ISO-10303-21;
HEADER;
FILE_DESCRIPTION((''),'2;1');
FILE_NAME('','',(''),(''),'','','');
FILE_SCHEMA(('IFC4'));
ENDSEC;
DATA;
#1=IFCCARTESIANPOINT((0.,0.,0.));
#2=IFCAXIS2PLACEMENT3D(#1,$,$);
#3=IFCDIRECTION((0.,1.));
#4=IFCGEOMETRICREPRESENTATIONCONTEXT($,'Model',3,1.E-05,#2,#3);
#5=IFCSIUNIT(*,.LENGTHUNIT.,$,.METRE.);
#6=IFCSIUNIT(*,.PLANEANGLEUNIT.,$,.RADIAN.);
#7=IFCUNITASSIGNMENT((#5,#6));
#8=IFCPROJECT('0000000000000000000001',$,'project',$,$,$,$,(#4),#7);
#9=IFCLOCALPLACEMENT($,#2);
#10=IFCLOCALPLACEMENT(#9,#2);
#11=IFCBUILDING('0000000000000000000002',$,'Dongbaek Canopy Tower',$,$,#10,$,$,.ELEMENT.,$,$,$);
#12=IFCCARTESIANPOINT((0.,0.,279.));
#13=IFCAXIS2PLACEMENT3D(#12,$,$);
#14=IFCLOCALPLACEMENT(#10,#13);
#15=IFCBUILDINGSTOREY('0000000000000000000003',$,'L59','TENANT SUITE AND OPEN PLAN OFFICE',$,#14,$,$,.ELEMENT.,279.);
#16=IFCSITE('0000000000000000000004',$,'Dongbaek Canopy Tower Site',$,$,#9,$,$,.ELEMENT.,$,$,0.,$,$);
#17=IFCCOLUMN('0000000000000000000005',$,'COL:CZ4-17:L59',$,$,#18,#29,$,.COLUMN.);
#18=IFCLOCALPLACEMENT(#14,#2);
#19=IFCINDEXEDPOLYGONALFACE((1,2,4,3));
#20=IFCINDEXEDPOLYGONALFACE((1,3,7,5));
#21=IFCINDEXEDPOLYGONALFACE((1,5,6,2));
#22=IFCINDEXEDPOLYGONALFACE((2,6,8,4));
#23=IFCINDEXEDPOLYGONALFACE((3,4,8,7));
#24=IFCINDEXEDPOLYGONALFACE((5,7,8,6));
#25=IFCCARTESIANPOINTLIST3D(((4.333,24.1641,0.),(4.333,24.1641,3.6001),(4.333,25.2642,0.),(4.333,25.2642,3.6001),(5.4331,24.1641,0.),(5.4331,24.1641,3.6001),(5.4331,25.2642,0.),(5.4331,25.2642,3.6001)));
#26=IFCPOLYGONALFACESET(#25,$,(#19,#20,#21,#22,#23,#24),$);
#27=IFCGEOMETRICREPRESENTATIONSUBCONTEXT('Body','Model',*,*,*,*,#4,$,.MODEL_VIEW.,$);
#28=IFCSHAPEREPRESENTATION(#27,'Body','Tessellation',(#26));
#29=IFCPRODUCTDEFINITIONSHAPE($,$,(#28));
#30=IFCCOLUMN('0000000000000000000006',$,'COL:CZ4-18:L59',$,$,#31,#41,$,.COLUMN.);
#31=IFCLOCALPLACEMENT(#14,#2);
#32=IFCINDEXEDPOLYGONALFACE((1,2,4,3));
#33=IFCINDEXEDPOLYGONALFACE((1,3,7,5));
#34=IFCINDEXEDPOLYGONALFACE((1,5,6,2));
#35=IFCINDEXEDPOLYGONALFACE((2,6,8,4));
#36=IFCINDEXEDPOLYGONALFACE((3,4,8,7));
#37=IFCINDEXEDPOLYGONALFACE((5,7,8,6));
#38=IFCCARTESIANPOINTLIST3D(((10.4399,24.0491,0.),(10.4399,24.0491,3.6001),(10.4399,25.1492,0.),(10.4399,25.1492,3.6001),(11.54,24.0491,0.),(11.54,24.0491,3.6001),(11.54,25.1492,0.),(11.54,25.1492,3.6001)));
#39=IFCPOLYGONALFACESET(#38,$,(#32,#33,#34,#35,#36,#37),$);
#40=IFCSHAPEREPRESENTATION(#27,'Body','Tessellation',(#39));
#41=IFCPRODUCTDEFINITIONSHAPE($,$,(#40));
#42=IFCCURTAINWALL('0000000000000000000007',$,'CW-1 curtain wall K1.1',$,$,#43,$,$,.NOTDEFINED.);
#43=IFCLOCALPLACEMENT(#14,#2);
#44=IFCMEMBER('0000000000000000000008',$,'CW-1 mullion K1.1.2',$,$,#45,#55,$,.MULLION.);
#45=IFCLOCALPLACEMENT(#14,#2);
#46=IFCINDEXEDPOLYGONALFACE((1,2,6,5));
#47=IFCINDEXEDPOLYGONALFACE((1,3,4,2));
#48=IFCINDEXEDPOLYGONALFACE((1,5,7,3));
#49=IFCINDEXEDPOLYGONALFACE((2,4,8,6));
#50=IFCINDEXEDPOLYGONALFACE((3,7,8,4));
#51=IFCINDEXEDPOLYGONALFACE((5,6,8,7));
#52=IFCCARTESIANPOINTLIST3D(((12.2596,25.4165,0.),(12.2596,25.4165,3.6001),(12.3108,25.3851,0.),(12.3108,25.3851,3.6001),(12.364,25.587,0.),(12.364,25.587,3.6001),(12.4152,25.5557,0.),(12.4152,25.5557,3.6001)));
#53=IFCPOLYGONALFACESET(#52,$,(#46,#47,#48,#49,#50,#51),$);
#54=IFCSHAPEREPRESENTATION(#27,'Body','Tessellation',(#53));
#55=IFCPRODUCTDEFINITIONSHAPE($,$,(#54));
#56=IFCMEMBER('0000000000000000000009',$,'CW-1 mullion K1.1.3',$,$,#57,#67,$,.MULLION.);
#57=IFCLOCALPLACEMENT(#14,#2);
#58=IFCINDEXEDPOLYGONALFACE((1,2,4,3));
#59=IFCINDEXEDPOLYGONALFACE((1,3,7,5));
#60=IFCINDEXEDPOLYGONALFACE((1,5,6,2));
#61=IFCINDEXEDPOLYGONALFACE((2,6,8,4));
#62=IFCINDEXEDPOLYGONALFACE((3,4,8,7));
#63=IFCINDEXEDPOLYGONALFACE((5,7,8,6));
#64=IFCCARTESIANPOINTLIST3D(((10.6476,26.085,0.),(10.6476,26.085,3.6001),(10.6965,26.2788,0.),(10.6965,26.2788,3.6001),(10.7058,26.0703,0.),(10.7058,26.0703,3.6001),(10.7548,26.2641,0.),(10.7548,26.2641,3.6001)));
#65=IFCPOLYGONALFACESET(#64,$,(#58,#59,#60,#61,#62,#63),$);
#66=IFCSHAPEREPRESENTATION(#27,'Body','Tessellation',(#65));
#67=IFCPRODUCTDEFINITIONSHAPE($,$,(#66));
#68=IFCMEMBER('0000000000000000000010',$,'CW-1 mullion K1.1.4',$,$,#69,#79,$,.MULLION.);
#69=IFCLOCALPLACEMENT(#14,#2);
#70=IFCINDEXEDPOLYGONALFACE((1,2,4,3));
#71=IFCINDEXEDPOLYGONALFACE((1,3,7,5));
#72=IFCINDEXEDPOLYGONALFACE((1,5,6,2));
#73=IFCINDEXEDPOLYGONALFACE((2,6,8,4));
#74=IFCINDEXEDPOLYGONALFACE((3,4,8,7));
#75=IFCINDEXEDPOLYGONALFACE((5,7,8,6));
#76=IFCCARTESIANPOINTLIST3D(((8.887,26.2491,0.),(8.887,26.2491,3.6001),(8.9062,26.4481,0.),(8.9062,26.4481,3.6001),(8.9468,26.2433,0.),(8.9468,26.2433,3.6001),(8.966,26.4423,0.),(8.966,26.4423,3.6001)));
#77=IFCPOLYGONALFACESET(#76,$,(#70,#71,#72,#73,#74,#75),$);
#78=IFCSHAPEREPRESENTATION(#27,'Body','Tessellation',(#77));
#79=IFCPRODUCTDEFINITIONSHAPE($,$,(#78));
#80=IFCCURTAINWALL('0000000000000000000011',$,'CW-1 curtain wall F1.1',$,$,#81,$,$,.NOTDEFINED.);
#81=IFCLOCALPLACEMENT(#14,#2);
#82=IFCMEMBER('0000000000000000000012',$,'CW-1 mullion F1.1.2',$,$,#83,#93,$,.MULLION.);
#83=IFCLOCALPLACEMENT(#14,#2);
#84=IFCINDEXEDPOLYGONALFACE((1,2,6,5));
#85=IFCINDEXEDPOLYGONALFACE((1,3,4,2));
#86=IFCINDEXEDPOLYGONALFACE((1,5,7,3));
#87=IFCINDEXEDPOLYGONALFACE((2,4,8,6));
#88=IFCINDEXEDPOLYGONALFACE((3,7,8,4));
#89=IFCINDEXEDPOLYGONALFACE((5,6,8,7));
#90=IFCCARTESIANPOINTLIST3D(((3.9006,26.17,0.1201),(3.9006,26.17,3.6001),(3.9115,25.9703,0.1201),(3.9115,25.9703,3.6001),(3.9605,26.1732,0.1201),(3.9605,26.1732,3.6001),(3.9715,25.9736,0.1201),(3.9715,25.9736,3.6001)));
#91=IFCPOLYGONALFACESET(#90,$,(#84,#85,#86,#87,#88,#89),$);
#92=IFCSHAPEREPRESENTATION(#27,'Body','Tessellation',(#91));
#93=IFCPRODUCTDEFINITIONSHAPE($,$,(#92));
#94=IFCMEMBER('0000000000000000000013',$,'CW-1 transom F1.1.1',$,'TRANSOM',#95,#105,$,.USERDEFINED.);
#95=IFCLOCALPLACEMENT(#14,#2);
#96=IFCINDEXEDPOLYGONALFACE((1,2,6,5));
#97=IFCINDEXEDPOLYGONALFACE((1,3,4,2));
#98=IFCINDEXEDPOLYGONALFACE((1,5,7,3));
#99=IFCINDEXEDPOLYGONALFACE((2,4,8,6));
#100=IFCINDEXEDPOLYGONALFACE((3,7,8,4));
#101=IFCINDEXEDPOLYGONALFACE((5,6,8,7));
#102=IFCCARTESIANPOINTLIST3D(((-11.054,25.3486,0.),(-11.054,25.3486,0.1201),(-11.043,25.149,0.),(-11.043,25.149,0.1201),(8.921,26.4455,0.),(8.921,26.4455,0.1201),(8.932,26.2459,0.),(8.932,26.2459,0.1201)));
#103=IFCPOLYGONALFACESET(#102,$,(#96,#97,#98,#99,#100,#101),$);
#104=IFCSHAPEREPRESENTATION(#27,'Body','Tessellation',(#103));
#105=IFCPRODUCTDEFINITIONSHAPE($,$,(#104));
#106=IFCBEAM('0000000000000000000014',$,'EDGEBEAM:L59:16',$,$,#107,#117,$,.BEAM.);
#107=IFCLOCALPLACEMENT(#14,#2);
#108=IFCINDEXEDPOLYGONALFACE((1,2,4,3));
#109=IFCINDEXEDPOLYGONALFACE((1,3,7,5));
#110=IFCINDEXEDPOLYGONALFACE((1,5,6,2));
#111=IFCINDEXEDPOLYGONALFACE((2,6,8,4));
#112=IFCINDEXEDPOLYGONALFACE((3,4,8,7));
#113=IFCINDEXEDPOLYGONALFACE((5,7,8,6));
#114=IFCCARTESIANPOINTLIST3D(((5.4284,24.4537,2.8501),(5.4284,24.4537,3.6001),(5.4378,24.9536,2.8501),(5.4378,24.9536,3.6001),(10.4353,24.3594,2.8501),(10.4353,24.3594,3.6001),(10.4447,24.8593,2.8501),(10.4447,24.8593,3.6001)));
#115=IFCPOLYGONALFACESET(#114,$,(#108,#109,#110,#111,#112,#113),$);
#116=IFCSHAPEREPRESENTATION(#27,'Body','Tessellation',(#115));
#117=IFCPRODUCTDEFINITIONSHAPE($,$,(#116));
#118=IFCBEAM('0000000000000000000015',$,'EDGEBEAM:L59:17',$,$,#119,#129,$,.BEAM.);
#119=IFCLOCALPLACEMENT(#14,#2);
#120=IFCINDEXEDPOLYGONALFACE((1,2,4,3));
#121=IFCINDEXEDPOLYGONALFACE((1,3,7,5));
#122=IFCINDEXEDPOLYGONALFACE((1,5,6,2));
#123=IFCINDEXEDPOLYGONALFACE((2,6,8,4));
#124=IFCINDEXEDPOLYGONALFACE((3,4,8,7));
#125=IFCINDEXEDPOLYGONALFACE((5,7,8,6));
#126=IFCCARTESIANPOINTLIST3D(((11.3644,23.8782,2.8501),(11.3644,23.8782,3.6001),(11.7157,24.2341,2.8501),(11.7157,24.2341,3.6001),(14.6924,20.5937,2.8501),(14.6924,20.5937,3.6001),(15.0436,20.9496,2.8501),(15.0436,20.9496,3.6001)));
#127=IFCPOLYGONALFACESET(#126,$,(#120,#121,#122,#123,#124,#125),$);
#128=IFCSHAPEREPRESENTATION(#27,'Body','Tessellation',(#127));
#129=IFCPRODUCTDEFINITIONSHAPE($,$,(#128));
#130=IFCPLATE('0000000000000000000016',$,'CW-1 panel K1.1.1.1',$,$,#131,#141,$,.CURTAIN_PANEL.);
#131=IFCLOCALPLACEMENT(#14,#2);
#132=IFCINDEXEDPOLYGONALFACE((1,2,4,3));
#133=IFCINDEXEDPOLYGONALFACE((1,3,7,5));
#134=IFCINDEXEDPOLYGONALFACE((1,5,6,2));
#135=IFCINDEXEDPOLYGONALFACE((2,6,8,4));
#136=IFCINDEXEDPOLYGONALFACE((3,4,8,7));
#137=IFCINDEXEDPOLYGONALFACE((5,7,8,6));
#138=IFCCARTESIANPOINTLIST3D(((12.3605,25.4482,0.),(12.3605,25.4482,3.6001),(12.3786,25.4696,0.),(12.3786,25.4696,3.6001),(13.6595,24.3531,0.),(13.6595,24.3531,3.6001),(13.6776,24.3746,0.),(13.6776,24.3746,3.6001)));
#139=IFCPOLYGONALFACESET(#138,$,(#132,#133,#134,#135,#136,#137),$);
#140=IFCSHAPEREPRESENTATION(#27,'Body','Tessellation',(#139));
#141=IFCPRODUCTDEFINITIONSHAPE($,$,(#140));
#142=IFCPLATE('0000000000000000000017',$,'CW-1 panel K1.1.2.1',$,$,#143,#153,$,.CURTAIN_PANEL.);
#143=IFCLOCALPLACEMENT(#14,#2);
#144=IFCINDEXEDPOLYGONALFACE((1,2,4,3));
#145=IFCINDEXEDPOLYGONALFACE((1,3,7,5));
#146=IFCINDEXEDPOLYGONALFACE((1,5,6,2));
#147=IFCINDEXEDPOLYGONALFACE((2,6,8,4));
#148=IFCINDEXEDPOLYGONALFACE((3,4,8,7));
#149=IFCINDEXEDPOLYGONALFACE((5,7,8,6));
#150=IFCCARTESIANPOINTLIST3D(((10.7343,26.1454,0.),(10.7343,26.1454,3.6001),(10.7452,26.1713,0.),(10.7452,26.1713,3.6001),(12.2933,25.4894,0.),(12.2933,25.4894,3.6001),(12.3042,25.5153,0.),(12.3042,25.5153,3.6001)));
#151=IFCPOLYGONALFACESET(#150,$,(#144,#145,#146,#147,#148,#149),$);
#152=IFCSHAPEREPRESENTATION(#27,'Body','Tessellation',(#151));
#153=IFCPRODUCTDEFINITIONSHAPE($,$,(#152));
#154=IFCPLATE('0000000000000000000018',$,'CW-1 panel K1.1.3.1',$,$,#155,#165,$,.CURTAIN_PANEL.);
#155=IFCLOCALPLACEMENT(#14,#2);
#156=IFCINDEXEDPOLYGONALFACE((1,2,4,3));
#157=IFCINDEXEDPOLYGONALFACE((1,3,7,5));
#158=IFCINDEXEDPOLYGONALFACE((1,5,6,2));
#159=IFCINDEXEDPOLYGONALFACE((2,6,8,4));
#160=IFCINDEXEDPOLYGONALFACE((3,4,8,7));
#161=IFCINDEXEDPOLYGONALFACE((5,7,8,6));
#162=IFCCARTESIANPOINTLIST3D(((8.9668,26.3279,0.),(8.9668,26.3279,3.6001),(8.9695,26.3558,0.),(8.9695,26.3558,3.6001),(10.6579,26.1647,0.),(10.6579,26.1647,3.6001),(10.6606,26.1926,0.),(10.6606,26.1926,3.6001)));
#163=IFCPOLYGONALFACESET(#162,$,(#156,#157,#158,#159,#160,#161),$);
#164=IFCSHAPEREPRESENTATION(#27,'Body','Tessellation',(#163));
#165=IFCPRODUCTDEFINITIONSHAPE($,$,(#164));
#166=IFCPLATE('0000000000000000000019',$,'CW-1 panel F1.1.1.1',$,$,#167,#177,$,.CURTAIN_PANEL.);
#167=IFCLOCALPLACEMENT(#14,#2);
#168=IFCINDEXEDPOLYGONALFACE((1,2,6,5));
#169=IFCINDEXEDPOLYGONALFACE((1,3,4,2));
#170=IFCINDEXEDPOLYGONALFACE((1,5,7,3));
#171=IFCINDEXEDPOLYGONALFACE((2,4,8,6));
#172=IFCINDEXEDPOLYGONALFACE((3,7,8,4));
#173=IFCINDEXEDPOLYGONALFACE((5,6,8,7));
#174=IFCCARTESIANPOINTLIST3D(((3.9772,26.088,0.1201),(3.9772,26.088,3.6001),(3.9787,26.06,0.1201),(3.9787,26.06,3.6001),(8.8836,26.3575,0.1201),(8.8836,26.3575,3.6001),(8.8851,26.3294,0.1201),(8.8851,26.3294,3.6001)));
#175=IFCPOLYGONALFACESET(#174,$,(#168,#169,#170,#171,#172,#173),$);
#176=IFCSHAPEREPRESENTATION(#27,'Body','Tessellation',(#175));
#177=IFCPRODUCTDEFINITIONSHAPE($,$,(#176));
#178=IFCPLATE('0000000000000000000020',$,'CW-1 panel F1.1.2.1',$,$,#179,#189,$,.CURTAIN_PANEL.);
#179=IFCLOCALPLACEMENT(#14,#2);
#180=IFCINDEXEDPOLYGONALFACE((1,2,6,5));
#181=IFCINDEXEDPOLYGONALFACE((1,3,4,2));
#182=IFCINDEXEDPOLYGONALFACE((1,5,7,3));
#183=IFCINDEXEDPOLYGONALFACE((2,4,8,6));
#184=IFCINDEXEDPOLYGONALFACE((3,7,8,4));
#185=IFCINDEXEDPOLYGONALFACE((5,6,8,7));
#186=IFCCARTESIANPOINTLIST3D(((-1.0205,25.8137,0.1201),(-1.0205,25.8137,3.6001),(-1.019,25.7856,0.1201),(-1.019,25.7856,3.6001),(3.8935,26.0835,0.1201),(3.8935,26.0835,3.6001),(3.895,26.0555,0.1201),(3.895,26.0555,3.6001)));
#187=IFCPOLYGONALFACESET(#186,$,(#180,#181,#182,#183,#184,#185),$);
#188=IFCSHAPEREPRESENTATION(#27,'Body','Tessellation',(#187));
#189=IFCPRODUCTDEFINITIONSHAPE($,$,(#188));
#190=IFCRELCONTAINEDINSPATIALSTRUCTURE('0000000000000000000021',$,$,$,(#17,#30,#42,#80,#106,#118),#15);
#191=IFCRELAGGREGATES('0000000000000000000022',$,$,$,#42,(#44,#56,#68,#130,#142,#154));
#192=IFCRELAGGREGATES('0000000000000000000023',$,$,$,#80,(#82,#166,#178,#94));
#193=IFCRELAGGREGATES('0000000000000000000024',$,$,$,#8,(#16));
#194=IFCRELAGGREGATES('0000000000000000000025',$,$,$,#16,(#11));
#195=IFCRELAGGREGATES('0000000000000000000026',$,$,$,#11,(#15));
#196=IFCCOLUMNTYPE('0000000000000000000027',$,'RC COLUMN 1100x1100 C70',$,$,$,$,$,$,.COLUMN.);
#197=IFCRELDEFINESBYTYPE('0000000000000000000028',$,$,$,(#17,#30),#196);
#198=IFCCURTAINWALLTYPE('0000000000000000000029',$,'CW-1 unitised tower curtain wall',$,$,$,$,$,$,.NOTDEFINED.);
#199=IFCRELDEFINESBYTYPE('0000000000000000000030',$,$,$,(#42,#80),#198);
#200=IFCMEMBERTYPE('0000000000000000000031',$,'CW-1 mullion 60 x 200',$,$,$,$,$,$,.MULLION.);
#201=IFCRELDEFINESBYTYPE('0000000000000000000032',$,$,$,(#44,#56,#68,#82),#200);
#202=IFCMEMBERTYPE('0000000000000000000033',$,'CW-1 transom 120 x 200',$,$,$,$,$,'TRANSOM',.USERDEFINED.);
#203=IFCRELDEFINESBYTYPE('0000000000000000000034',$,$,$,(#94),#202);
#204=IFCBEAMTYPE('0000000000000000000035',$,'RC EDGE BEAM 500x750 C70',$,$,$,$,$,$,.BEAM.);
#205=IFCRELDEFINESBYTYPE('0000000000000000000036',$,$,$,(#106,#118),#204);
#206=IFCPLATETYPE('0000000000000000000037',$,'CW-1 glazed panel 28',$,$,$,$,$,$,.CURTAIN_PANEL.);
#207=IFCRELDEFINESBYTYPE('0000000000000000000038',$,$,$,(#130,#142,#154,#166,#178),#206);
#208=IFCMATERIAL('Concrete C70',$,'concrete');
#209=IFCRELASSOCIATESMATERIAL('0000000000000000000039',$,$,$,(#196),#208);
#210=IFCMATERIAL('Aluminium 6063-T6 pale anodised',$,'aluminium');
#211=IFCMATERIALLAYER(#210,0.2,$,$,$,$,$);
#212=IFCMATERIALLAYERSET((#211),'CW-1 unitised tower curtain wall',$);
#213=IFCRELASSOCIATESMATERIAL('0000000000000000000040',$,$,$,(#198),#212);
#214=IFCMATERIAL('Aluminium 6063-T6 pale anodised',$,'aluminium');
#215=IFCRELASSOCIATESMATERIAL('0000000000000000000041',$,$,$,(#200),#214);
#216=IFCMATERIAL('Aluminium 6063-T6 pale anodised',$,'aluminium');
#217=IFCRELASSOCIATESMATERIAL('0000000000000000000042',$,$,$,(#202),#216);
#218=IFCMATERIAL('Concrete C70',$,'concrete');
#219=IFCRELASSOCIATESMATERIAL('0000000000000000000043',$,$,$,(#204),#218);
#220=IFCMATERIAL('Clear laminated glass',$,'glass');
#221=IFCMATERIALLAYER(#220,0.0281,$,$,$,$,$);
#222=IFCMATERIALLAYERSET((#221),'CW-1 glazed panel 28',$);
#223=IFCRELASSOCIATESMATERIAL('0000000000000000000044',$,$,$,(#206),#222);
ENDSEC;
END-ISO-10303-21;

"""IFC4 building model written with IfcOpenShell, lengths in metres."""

from ifc_helpers import new_model, si_unit, direction, frame, origin, origin_2d, place, context, subcontext, project, spatial, rectangle, extrude, material, layer, layer_set, material_profile, profile_set, type_object, element, aggregate, save


model = new_model("IFC4")

# Units and contexts
model_context = context("Model", 3, precision=1e-05, world=origin(), true_north=direction((0.0, 1.0)))
body_context = subcontext(model_context, "Body", "Model", "MODEL_VIEW")
ifc_project = project(units=[si_unit("LENGTHUNIT", "METRE"), si_unit("PLANEANGLEUNIT", "RADIAN")], contexts=[model_context])

# Site, building, storey
site_placement = place(None, origin())
site = spatial("IfcSite", under=ifc_project, at=site_placement, Name="Dongbaek Canopy Tower Site", CompositionType="ELEMENT", RefElevation=0.0)
building_placement = place(site_placement, origin())
building = spatial("IfcBuilding", under=site, at=building_placement, Name="Dongbaek Canopy Tower", CompositionType="ELEMENT")
storey_placement = place(building_placement, frame((0.0, 0.0, 279.0)))
storey = spatial("IfcBuildingStorey", under=building, at=storey_placement, Name="L59", Description="TENANT SUITE AND OPEN PLAN OFFICE", CompositionType="ELEMENT", Elevation=279.0)

# Columns
ifc_material_1 = material(Name="Concrete C70", Category="concrete")
ifc_material_profile_1 = material_profile(ifc_material_1, rectangle(XDim=1.1001, YDim=1.1001, at=origin_2d()), Name="RC COLUMN 1100x1100 C70")
ifc_profile_set_1 = profile_set([ifc_material_profile_1], Name="Concrete C70")
column_type = type_object("IfcColumnType", Name="RC COLUMN 1100x1100 C70", PredefinedType="COLUMN", material=ifc_profile_set_1)
for number, where, z_axis, x_axis, name in (
    (1, (4.8831, 24.7141, 0.0), (0.0, 0.0, 1.0), (1.0, 0.0, 0.0), "COL:CZ4-17:L59"),
    (2, (10.99, 24.5991, 0.0), (0.0, 0.0, 1.0), (1.0, 0.0, 0.0), "COL:CZ4-18:L59"),
):
    element("IfcColumn", number, at=place(storey_placement, frame(where, z_axis=z_axis, x_axis=x_axis)), inside=storey, type_object=column_type, Name=name, PredefinedType="COLUMN", context=body_context, shape_type="SweptSolid", body=[
        extrude(rectangle(XDim=1.1001, YDim=1.1001, at=origin_2d()), origin(), (0.0, 0.0, 1.0), 3.6001),
    ])

# Curtain walls, members
ifc_material_2 = material(Name="Aluminium 6063-T6 pale anodised", Category="aluminium")
ifc_layer_1 = layer(ifc_material_2, 0.2)
ifc_layer_set_1 = layer_set([ifc_layer_1], Name="CW-1 unitised tower curtain wall")
curtain_wall_type = type_object("IfcCurtainWallType", Name="CW-1 unitised tower curtain wall", PredefinedType="NOTDEFINED", material=ifc_layer_set_1)
curtain_wall_1_placement = place(storey_placement, origin())
curtain_wall_1 = element("IfcCurtainWall", 3, at=curtain_wall_1_placement, inside=storey, type_object=curtain_wall_type, Name="CW-1 curtain wall K1.1", PredefinedType="NOTDEFINED")
ifc_material_3 = material(Name="Aluminium 6063-T6 pale anodised", Category="aluminium")
ifc_material_profile_2 = material_profile(ifc_material_3, rectangle(XDim=0.2, YDim=0.0601, at=origin_2d()), Name="CW-1 mullion 60 x 200")
ifc_profile_set_2 = profile_set([ifc_material_profile_2], Name="Aluminium 6063-T6 pale anodised")
member_type_1 = type_object("IfcMemberType", Name="CW-1 mullion 60 x 200", PredefinedType="MULLION", material=ifc_profile_set_2)
member_1_placement = place(storey_placement, frame((12.3374, 25.4861, 0.0), z_axis=(0.0, 0.0, 1.0), x_axis=(0.522138, 0.852861, 0.0)))
member_1 = element("IfcMember", 4, at=member_1_placement, type_object=member_type_1, Name="CW-1 mullion K1.1.2", PredefinedType="MULLION", context=body_context, shape_type="SweptSolid", body=[
    extrude(rectangle(XDim=0.2, YDim=0.0601, at=origin_2d()), origin(), (0.0, 0.0, 1.0), 3.6001),
])
member_2_placement = place(storey_placement, frame((10.7012, 26.1746, 0.0), z_axis=(0.0, 0.0, 1.0), x_axis=(0.244735, 0.96959, 0.0)))
member_2 = element("IfcMember", 5, at=member_2_placement, type_object=member_type_1, Name="CW-1 mullion K1.1.3", PredefinedType="MULLION", context=body_context, shape_type="SweptSolid", body=[
    extrude(rectangle(XDim=0.2, YDim=0.0601, at=origin_2d()), origin(), (0.0, 0.0, 1.0), 3.6001),
])
member_3_placement = place(storey_placement, frame((8.9265, 26.3457, 0.0), z_axis=(0.0, 0.0, 1.0), x_axis=(0.096043, 0.995377, 0.0)))
member_3 = element("IfcMember", 6, at=member_3_placement, type_object=member_type_1, Name="CW-1 mullion K1.1.4", PredefinedType="MULLION", context=body_context, shape_type="SweptSolid", body=[
    extrude(rectangle(XDim=0.2, YDim=0.0601, at=origin_2d()), origin(), (0.0, 0.0, 1.0), 3.6001),
])
curtain_wall_2_placement = place(storey_placement, origin())
curtain_wall_2 = element("IfcCurtainWall", 7, at=curtain_wall_2_placement, inside=storey, type_object=curtain_wall_type, Name="CW-1 curtain wall F1.1", PredefinedType="NOTDEFINED")
member_4_placement = place(storey_placement, frame((3.936, 26.0718, 0.1201), z_axis=(0.0, 0.0, 1.0), x_axis=(-0.054836, 0.998495, 0.0)))
member_4 = element("IfcMember", 8, at=member_4_placement, type_object=member_type_1, Name="CW-1 mullion F1.1.2", PredefinedType="MULLION", context=body_context, shape_type="SweptSolid", body=[
    extrude(rectangle(XDim=0.2, YDim=0.0601, at=origin_2d()), origin(), (0.0, 0.0, 1.0), 3.48),
])
ifc_material_4 = material(Name="Aluminium 6063-T6 pale anodised", Category="aluminium")
ifc_material_profile_3 = material_profile(ifc_material_4, rectangle(XDim=0.2, YDim=0.1201, at=origin_2d()), Name="CW-1 transom 120 x 200")
ifc_profile_set_3 = profile_set([ifc_material_profile_3], Name="Aluminium 6063-T6 pale anodised")
member_type_2 = type_object("IfcMemberType", Name="CW-1 transom 120 x 200", ElementType="TRANSOM", PredefinedType="USERDEFINED", material=ifc_profile_set_3)
member_5_placement = place(storey_placement, frame((8.9265, 26.3457, 0.0601), z_axis=(-0.998496, -0.054832, 0.0), x_axis=(0.054832, -0.998496, 0.0)))
member_5 = element("IfcMember", 9, at=member_5_placement, type_object=member_type_2, Name="CW-1 transom F1.1.1", ObjectType="TRANSOM", PredefinedType="USERDEFINED", context=body_context, shape_type="SweptSolid", body=[
    extrude(rectangle(XDim=0.2, YDim=0.1201, at=origin_2d()), origin(), (0.0, 0.0, 1.0), 20.0051),
])

# Beams
ifc_material_5 = material(Name="Concrete C70", Category="concrete")
ifc_material_profile_4 = material_profile(ifc_material_5, rectangle(XDim=0.5, YDim=0.75, at=origin_2d()), Name="RC EDGE BEAM 500x750 C70")
ifc_profile_set_4 = profile_set([ifc_material_profile_4], Name="Concrete C70")
beam_type = type_object("IfcBeamType", Name="RC EDGE BEAM 500x750 C70", PredefinedType="BEAM", material=ifc_profile_set_4)
beam_1_placement = place(storey_placement, frame((5.4331, 24.7036, 3.2251), z_axis=(0.999823, -0.018819, 0.0), x_axis=(0.018819, 0.999823, 0.0)))
element("IfcBeam", 10, at=beam_1_placement, inside=storey, type_object=beam_type, Name="EDGEBEAM:L59:16", PredefinedType="BEAM", context=body_context, shape_type="SweptSolid", body=[
    extrude(rectangle(XDim=0.5, YDim=0.75, at=origin_2d()), origin(), (0.0, 0.0, 1.0), 5.0078),
])
beam_2_placement = place(storey_placement, frame((11.54, 24.0562, 3.2251), z_axis=(0.711739, -0.702444, 0.0), x_axis=(0.702444, 0.711739, 0.0)))
element("IfcBeam", 11, at=beam_2_placement, inside=storey, type_object=beam_type, Name="EDGEBEAM:L59:17", PredefinedType="BEAM", context=body_context, shape_type="SweptSolid", body=[
    extrude(rectangle(XDim=0.5, YDim=0.75, at=origin_2d()), origin(), (0.0, 0.0, 1.0), 4.6758),
])

# Plates
ifc_material_6 = material(Name="Clear laminated glass", Category="glass")
ifc_layer_2 = layer(ifc_material_6, 0.0281)
ifc_layer_set_2 = layer_set([ifc_layer_2], Name="CW-1 glazed panel 28")
plate_type = type_object("IfcPlateType", Name="CW-1 glazed panel 28", PredefinedType="CURTAIN_PANEL", material=ifc_layer_set_2)
plate_1_placement = place(storey_placement, frame((13.019, 24.9114, 0.0), z_axis=(0.0, 0.0, 1.0), x_axis=(-0.764577, 0.644532, 0.0)))
plate_1 = element("IfcPlate", 12, at=plate_1_placement, type_object=plate_type, Name="CW-1 panel K1.1.1.1", PredefinedType="CURTAIN_PANEL", context=body_context, shape_type="SweptSolid", body=[
    extrude(rectangle(XDim=1.699, YDim=0.0281, at=origin_2d()), origin(), (0.0, 0.0, 1.0), 3.6001),
])
plate_2_placement = place(storey_placement, frame((11.5193, 25.8303, 0.0), z_axis=(0.0, 0.0, 1.0), x_axis=(-0.921721, 0.387853, 0.0)))
plate_2 = element("IfcPlate", 13, at=plate_2_placement, type_object=plate_type, Name="CW-1 panel K1.1.2.1", PredefinedType="CURTAIN_PANEL", context=body_context, shape_type="SweptSolid", body=[
    extrude(rectangle(XDim=1.6914, YDim=0.0281, at=origin_2d()), origin(), (0.0, 0.0, 1.0), 3.6001),
])
plate_3_placement = place(storey_placement, frame((9.8137, 26.2603, 0.0), z_axis=(0.0, 0.0, 1.0), x_axis=(-0.995377, 0.096043, 0.0)))
plate_3 = element("IfcPlate", 14, at=plate_3_placement, type_object=plate_type, Name="CW-1 panel K1.1.3.1", PredefinedType="CURTAIN_PANEL", context=body_context, shape_type="SweptSolid", body=[
    extrude(rectangle(XDim=1.699, YDim=0.0281, at=origin_2d()), origin(), (0.0, 0.0, 1.0), 3.6001),
])
aggregate(curtain_wall_1, [member_1, member_2, member_3, plate_1, plate_2, plate_3])
plate_4_placement = place(storey_placement, frame((6.4312, 26.2087, 0.1201), z_axis=(0.0, 0.0, 1.0), x_axis=(-0.998495, -0.054836, 0.0)))
plate_4 = element("IfcPlate", 15, at=plate_4_placement, type_object=plate_type, Name="CW-1 panel F1.1.1.1", PredefinedType="CURTAIN_PANEL", context=body_context, shape_type="SweptSolid", body=[
    extrude(rectangle(XDim=4.9138, YDim=0.0281, at=origin_2d()), origin(), (0.0, 0.0, 1.0), 3.48),
])
plate_5_placement = place(storey_placement, frame((1.4373, 25.9346, 0.1201), z_axis=(0.0, 0.0, 1.0), x_axis=(-0.998495, -0.054836, 0.0)))
plate_5 = element("IfcPlate", 16, at=plate_5_placement, type_object=plate_type, Name="CW-1 panel F1.1.2.1", PredefinedType="CURTAIN_PANEL", context=body_context, shape_type="SweptSolid", body=[
    extrude(rectangle(XDim=4.9214, YDim=0.0281, at=origin_2d()), origin(), (0.0, 0.0, 1.0), 3.48),
])

aggregate(curtain_wall_2, [member_4, plate_4, plate_5, member_5])

save(model, "model.ifc")
